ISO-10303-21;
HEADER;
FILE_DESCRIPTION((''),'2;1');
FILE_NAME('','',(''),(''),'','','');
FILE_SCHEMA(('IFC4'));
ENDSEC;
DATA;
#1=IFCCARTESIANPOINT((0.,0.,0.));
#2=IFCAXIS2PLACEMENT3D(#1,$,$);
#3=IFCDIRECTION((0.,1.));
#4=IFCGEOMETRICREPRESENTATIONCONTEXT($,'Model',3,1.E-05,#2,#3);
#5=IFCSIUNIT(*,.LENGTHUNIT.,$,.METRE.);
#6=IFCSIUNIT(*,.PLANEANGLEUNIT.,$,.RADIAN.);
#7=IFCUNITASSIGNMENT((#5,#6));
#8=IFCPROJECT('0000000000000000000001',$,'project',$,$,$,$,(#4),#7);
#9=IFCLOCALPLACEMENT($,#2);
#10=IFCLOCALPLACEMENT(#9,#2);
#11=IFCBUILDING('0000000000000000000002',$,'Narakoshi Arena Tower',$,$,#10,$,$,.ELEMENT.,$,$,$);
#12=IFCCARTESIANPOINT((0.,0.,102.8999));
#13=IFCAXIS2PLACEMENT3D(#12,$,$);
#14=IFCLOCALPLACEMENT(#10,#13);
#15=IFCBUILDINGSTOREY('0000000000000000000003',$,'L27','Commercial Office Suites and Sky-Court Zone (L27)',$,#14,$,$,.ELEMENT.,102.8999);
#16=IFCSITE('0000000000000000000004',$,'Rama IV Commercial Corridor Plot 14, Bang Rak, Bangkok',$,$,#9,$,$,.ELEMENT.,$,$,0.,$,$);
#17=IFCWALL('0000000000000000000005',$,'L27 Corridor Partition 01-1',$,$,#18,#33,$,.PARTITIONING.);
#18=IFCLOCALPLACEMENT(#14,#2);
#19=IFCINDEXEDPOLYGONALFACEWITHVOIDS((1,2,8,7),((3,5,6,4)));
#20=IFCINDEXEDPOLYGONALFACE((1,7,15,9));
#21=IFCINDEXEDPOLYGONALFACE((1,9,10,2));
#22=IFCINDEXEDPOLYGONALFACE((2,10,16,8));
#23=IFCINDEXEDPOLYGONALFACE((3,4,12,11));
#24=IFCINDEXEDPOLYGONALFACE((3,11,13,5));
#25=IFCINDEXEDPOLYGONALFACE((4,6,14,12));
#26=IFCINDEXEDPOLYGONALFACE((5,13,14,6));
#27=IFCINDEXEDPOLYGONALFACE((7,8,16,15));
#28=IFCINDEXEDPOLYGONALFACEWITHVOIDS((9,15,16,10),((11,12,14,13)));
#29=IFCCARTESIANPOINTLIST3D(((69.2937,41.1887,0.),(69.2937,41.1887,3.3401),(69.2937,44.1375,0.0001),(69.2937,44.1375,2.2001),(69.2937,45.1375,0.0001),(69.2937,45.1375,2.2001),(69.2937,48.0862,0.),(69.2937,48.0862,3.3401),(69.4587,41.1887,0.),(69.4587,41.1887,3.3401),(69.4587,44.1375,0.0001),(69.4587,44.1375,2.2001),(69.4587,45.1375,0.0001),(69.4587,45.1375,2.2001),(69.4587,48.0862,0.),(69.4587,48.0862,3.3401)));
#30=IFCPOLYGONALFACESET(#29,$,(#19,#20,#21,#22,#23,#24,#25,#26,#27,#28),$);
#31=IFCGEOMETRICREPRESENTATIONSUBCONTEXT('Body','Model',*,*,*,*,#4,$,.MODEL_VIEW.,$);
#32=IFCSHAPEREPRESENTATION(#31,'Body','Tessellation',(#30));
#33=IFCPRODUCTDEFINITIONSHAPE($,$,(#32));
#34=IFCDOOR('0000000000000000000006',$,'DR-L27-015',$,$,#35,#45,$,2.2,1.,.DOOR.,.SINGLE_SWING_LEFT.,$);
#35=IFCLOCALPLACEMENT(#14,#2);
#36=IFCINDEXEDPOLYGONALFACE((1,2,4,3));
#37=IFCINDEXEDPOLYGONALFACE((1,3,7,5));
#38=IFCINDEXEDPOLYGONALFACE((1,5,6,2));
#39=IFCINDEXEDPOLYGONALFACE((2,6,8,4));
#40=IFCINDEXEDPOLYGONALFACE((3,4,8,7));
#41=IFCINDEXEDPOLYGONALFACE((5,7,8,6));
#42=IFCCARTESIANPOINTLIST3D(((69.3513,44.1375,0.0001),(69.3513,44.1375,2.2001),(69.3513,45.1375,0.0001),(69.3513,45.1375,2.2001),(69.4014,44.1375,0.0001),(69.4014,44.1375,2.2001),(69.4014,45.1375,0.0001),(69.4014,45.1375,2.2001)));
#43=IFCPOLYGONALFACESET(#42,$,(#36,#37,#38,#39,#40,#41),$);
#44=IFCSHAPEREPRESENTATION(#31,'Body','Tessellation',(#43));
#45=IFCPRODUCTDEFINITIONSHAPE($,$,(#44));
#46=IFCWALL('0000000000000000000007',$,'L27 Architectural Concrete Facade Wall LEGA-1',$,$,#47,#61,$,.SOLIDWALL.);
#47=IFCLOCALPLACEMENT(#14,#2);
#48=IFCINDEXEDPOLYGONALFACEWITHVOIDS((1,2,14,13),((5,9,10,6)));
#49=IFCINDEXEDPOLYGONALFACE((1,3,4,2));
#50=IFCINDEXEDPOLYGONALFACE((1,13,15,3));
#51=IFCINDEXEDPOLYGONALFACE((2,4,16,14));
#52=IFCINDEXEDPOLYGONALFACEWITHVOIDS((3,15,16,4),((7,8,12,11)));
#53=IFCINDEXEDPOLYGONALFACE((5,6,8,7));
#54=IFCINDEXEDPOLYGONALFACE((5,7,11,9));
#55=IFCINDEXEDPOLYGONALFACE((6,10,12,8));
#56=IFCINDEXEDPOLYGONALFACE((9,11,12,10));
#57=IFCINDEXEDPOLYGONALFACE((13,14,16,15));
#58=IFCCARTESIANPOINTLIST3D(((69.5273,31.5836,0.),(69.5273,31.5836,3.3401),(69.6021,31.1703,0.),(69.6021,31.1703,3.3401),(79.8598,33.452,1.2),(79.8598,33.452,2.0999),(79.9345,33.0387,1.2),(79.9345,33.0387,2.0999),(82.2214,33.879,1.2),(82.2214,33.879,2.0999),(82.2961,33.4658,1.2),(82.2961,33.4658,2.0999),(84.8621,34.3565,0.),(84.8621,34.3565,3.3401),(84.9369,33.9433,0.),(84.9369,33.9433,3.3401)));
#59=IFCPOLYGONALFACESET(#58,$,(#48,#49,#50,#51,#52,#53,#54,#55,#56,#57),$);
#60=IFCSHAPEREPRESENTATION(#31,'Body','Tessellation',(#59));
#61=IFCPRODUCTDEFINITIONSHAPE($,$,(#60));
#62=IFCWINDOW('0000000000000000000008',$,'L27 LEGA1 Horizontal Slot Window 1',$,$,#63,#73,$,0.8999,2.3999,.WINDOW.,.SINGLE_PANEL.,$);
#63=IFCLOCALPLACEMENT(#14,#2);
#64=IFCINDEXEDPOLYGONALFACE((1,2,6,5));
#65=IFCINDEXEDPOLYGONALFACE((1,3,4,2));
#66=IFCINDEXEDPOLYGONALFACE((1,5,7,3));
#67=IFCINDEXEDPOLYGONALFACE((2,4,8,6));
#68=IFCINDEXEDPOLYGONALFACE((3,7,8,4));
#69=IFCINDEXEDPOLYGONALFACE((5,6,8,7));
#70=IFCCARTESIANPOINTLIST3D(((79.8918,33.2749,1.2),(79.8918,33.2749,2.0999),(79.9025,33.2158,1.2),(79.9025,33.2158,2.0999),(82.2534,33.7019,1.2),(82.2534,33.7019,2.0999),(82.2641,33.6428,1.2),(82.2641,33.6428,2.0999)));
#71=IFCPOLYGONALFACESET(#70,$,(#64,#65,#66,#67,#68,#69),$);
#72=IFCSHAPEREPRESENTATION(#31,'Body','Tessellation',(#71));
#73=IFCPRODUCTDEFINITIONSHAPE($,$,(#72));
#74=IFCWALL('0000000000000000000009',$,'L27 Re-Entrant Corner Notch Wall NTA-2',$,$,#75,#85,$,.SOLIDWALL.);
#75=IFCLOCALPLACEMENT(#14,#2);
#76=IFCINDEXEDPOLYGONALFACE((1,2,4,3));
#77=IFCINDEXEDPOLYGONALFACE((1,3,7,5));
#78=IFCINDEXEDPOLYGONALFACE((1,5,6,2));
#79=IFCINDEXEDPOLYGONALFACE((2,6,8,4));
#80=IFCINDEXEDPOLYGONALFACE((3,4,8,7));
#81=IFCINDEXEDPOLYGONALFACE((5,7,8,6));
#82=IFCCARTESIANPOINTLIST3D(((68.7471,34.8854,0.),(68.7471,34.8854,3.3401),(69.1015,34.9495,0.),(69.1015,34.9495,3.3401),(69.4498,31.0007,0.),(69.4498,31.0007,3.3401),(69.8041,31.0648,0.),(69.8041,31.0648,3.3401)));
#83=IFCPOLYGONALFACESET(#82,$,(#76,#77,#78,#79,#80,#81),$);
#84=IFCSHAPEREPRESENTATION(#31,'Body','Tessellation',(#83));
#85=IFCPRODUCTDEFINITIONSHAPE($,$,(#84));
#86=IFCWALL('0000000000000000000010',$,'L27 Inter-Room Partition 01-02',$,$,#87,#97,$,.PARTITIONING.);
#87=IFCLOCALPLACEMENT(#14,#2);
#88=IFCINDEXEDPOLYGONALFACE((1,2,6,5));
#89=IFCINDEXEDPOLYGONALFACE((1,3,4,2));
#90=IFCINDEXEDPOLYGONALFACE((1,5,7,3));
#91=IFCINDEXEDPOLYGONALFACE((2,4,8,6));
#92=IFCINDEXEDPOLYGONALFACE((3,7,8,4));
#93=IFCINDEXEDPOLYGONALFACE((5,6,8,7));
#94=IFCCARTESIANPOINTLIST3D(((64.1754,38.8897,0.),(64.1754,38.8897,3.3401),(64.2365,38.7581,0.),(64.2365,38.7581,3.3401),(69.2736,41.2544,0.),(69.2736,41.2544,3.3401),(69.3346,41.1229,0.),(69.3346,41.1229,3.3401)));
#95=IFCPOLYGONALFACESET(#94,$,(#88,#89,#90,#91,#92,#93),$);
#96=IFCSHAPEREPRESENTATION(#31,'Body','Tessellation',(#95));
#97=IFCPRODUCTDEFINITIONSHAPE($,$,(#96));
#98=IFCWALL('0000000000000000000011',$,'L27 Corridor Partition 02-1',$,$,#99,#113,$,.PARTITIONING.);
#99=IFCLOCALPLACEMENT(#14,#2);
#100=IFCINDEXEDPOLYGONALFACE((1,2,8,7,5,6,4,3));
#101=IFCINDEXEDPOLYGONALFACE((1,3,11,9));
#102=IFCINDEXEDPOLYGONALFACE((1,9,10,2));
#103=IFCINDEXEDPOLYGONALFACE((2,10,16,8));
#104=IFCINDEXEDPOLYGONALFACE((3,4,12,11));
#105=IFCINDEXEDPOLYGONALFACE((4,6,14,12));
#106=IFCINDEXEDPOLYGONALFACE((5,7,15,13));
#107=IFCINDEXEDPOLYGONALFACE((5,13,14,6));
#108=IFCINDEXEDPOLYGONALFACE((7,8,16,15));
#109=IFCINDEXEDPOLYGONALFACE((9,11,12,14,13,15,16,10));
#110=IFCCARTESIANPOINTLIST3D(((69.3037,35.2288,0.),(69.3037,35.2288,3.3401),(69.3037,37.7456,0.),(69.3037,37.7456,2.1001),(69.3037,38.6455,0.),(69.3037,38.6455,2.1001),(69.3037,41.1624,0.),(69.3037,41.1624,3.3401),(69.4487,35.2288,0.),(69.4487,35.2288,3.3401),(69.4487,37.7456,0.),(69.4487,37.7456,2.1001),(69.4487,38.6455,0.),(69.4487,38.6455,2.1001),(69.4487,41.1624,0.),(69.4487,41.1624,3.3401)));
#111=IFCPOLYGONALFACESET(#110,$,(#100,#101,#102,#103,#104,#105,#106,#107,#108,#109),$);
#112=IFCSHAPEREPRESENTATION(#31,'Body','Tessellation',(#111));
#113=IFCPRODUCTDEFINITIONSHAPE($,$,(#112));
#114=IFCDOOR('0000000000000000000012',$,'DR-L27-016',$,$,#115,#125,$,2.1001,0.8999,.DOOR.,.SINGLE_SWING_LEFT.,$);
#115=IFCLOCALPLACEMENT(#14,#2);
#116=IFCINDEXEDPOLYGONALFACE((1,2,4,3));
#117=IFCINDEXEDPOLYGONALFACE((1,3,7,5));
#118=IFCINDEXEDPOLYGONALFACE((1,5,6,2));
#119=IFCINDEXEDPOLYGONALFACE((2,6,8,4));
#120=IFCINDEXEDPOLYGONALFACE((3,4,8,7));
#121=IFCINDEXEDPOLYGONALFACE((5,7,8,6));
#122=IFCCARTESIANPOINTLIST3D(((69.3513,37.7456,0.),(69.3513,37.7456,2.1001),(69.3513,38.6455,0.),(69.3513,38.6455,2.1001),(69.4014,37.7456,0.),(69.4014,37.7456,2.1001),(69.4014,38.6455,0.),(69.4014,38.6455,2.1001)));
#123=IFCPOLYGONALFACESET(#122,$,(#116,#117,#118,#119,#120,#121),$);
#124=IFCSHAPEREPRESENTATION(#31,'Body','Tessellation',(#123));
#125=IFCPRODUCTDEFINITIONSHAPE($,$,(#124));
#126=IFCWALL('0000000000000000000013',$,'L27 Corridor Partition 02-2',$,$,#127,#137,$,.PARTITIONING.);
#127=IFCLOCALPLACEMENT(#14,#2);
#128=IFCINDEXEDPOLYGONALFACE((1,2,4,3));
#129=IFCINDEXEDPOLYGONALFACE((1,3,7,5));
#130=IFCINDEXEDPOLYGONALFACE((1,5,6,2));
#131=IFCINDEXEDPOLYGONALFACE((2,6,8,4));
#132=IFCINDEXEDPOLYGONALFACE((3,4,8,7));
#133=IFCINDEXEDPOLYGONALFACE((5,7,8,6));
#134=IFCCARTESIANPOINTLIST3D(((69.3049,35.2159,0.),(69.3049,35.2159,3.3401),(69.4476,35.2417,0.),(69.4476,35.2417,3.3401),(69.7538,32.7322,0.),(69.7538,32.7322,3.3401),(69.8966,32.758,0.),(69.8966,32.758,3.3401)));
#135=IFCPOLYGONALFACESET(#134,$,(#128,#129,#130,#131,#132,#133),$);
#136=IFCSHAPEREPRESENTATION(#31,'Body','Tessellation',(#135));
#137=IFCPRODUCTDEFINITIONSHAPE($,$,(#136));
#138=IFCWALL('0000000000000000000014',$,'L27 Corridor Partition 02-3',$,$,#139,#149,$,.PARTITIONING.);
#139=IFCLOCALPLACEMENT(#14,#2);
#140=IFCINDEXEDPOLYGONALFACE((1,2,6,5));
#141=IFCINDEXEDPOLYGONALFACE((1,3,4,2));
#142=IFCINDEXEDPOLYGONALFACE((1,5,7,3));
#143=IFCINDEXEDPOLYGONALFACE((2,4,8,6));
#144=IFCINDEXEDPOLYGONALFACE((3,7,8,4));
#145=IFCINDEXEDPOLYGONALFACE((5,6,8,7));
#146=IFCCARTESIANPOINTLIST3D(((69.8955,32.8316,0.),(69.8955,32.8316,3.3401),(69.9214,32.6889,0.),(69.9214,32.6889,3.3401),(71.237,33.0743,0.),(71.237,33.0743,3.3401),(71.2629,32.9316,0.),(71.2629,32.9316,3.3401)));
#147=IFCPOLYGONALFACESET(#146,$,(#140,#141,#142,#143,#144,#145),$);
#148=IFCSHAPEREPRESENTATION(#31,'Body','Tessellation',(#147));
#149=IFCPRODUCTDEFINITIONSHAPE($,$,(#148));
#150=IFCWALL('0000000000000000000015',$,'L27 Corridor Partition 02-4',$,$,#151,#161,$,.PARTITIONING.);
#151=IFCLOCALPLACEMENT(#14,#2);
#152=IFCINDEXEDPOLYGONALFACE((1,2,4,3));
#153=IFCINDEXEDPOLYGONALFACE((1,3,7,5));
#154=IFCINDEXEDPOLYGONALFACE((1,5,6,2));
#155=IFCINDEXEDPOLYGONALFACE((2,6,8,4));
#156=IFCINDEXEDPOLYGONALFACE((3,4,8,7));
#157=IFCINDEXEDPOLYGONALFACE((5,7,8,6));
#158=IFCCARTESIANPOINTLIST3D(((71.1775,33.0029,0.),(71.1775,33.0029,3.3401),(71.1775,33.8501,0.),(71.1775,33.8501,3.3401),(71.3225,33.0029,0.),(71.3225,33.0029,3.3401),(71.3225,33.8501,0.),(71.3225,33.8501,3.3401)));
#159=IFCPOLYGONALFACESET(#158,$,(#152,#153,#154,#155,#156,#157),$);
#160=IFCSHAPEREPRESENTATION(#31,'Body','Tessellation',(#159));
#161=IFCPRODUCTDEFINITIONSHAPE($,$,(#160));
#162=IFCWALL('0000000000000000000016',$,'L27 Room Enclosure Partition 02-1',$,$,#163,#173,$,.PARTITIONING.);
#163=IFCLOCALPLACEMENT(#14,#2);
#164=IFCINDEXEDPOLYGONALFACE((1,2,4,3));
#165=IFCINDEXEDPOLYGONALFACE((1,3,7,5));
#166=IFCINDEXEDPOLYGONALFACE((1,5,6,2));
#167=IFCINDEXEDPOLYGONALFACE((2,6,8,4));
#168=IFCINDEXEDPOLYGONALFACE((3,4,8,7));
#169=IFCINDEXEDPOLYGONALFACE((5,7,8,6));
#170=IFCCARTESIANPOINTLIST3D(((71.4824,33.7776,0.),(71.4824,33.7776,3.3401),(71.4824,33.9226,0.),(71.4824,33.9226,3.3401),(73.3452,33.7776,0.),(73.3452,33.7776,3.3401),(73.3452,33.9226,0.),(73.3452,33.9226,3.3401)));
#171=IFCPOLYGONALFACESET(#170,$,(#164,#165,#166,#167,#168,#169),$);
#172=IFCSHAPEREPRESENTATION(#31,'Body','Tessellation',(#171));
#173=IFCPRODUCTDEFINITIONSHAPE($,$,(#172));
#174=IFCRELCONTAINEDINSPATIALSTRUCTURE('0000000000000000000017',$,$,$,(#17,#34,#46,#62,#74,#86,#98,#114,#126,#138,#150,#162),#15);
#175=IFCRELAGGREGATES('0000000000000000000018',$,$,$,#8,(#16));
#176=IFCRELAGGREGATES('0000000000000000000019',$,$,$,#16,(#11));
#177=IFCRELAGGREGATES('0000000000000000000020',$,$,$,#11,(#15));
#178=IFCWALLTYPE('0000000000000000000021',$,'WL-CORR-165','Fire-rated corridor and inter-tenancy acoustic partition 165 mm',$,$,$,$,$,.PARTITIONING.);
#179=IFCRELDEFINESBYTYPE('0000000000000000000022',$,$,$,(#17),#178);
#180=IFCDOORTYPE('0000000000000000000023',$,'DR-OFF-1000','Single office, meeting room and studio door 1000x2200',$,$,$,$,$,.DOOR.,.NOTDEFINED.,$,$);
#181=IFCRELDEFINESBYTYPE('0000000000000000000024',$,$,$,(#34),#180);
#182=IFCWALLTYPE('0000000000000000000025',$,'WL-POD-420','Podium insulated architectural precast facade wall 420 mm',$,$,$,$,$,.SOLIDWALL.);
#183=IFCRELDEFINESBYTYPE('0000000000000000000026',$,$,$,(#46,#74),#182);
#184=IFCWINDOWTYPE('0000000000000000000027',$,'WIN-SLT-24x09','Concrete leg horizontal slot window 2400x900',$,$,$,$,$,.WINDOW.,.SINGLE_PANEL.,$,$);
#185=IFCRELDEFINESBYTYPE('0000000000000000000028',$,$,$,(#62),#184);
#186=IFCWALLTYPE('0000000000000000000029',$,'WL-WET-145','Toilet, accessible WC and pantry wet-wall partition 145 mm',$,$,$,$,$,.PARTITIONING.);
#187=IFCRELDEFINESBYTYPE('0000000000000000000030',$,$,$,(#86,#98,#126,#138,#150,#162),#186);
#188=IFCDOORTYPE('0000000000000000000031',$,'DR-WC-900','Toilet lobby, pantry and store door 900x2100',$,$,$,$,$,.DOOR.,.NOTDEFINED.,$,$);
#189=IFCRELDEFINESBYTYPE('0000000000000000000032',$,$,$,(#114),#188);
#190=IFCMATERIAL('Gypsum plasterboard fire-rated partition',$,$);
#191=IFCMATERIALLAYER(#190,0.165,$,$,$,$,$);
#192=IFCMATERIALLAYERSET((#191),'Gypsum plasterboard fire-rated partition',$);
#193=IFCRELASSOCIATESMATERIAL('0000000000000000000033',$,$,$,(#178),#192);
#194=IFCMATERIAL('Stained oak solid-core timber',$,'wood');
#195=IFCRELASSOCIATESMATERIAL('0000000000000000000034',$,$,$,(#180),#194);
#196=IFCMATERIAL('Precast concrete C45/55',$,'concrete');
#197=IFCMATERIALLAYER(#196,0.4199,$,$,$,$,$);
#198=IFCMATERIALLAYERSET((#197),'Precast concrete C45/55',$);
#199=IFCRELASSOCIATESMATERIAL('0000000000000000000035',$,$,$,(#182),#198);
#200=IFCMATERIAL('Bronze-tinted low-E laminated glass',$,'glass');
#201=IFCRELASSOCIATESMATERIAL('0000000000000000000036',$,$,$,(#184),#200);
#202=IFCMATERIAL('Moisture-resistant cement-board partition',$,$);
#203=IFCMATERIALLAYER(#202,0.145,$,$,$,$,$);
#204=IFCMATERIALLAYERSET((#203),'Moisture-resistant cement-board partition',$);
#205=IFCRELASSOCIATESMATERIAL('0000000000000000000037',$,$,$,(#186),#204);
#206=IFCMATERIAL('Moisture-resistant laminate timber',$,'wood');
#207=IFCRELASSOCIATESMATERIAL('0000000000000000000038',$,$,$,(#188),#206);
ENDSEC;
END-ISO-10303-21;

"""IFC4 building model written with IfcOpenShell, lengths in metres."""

from ifc_helpers import new_model, si_unit, direction, frame, frame_2d, origin, place, context, subcontext, project, spatial, rectangle, extrude, material, layer, layer_set, type_object, element, fill, save


model = new_model("IFC4")

# Units and contexts
model_context = context("Model", 3, precision=1e-05, world=origin(), true_north=direction((0.0, 1.0)))
body_context = subcontext(model_context, "Body", "Model", "MODEL_VIEW")
ifc_project = project(units=[si_unit("LENGTHUNIT", "METRE"), si_unit("PLANEANGLEUNIT", "RADIAN")], contexts=[model_context])

# Site, building, storey
site_placement = place(None, origin())
site = spatial("IfcSite", under=ifc_project, at=site_placement, Name="Rama IV Commercial Corridor Plot 14, Bang Rak, Bangkok", CompositionType="ELEMENT", RefElevation=0.0)
building_placement = place(site_placement, origin())
building = spatial("IfcBuilding", under=site, at=building_placement, Name="Narakoshi Arena Tower", CompositionType="ELEMENT")
storey_placement = place(building_placement, frame((0.0, 0.0, 102.8999)))
storey = spatial("IfcBuildingStorey", under=building, at=storey_placement, Name="L27", Description="Commercial Office Suites and Sky-Court Zone (L27)", CompositionType="ELEMENT", Elevation=102.8999)

# Wall, opening, door
ifc_material_1 = material(Name="Gypsum plasterboard fire-rated partition")
ifc_layer_1 = layer(ifc_material_1, 0.165)
ifc_layer_set_1 = layer_set([ifc_layer_1], Name="Gypsum plasterboard fire-rated partition")
wall_type_1 = type_object("IfcWallType", Name="WL-CORR-165", Description="Fire-rated corridor and inter-tenancy acoustic partition 165 mm", PredefinedType="PARTITIONING", material=ifc_layer_set_1)
wall_1_placement = place(storey_placement, frame((69.3762, 48.0862, 0.0), z_axis=(0.0, 0.0, 1.0), x_axis=(0.0, -1.0, 0.0)))
wall_1 = element("IfcWall", 1, at=wall_1_placement, inside=storey, type_object=wall_type_1, Name="L27 Corridor Partition 01-1", PredefinedType="PARTITIONING", context=body_context, shape_type="SweptSolid", body=[
    extrude(rectangle(XDim=6.8975, YDim=0.165, at=frame_2d((3.4487, 0.0))), origin(), (0.0, 0.0, 1.0), 3.3401),
])
opening_1_placement = place(wall_1_placement, frame((2.9487, 0.0, 0.0)))
opening_1 = element("IfcOpeningElement", 2, at=opening_1_placement, cuts=wall_1, PredefinedType="OPENING", context=body_context, shape_type="SweptSolid", body=[
    extrude(rectangle(XDim=1.0, YDim=2.2, at=frame_2d((0.5, 1.1001))), frame((0.0, 0.0925, 0.0), z_axis=(0.0, -1.0, 0.0), x_axis=(1.0, 0.0, 0.0)), (0.0, 0.0, 1.0), 0.1851),
])
ifc_material_2 = material(Name="Stained oak solid-core timber", Category="wood")
door_type_1 = type_object("IfcDoorType", Name="DR-OFF-1000", Description="Single office, meeting room and studio door 1000x2200", OperationType="NOTDEFINED", PredefinedType="DOOR", material=ifc_material_2)
door_1_placement = place(opening_1_placement, frame((1.0, 0.0, 0.0), z_axis=(0.0, 0.0, 1.0), x_axis=(-1.0, 0.0, 0.0)))
door_1 = element("IfcDoor", 3, at=door_1_placement, inside=storey, type_object=door_type_1, Name="DR-L27-015", OperationType="SINGLE_SWING_LEFT", OverallHeight=2.2, OverallWidth=1.0, PredefinedType="DOOR", context=body_context, shape_type="SweptSolid", body=[
    extrude(rectangle(XDim=1.0, YDim=2.2, at=frame_2d((0.5, 1.1001))), frame((0.0, 0.0249, 0.0), z_axis=(0.0, -1.0, 0.0), x_axis=(1.0, 0.0, 0.0)), (0.0, 0.0, 1.0), 0.05),
])
fill(opening_1, door_1)

# Wall, opening, window
ifc_material_3 = material(Name="Precast concrete C45/55", Category="concrete")
ifc_layer_2 = layer(ifc_material_3, 0.4199)
ifc_layer_set_2 = layer_set([ifc_layer_2], Name="Precast concrete C45/55")
wall_type_2 = type_object("IfcWallType", Name="WL-POD-420", Description="Podium insulated architectural precast facade wall 420 mm", PredefinedType="SOLIDWALL", material=ifc_layer_set_2)
wall_2_placement = place(storey_placement, frame((69.5647, 31.377, 0.0), z_axis=(0.0, 0.0, 1.0), x_axis=(0.984041, 0.177942, 0.0)))
wall_2 = element("IfcWall", 4, at=wall_2_placement, inside=storey, type_object=wall_type_2, Name="L27 Architectural Concrete Facade Wall LEGA-1", PredefinedType="SOLIDWALL", context=body_context, shape_type="SweptSolid", body=[
    extrude(rectangle(XDim=15.5835, YDim=0.4199, at=frame_2d((7.7917, 0.0))), origin(), (0.0, 0.0, 1.0), 3.3401),
])
opening_2_placement = place(wall_2_placement, frame((10.5, 0.0, 1.2)))
opening_2 = element("IfcOpeningElement", 5, at=opening_2_placement, cuts=wall_2, PredefinedType="OPENING", context=body_context, shape_type="SweptSolid", body=[
    extrude(rectangle(XDim=2.3999, YDim=0.8999, at=frame_2d((1.2, 0.45))), frame((0.0, 0.22, 0.0), z_axis=(0.0, -1.0, 0.0), x_axis=(1.0, 0.0, 0.0)), (0.0, 0.0, 1.0), 0.4399),
])
ifc_material_4 = material(Name="Bronze-tinted low-E laminated glass", Category="glass")
window_type = type_object("IfcWindowType", Name="WIN-SLT-24x09", Description="Concrete leg horizontal slot window 2400x900", PartitioningType="SINGLE_PANEL", PredefinedType="WINDOW", material=ifc_material_4)
window_placement = place(opening_2_placement, origin())
window = element("IfcWindow", 6, at=window_placement, inside=storey, type_object=window_type, Name="L27 LEGA1 Horizontal Slot Window 1", OverallHeight=0.8999, OverallWidth=2.3999, PartitioningType="SINGLE_PANEL", PredefinedType="WINDOW", context=body_context, shape_type="SweptSolid", body=[
    extrude(rectangle(XDim=2.3999, YDim=0.8999, at=frame_2d((1.2, 0.45))), frame((0.0, 0.03, 0.0), z_axis=(0.0, -1.0, 0.0), x_axis=(1.0, 0.0, 0.0)), (0.0, 0.0, 1.0), 0.0601),
])
fill(opening_2, window)

# Walls
wall_3_placement = place(storey_placement, frame((68.9243, 34.9175, 0.0), z_axis=(0.0, 0.0, 1.0), x_axis=(0.177982, -0.984034, 0.0)))
element("IfcWall", 7, at=wall_3_placement, inside=storey, type_object=wall_type_2, Name="L27 Re-Entrant Corner Notch Wall NTA-2", PredefinedType="SOLIDWALL", context=body_context, shape_type="SweptSolid", body=[
    extrude(rectangle(XDim=3.9478, YDim=0.3601, at=frame_2d((1.9739, 0.0))), origin(), (0.0, 0.0, 1.0), 3.3401),
])
ifc_material_5 = material(Name="Moisture-resistant cement-board partition")
ifc_layer_3 = layer(ifc_material_5, 0.145)
ifc_layer_set_3 = layer_set([ifc_layer_3], Name="Moisture-resistant cement-board partition")
wall_type_3 = type_object("IfcWallType", Name="WL-WET-145", Description="Toilet, accessible WC and pantry wet-wall partition 145 mm", PredefinedType="PARTITIONING", material=ifc_layer_set_3)
wall_4_placement = place(storey_placement, frame((69.3042, 41.1887, 0.0), z_axis=(0.0, 0.0, 1.0), x_axis=(-0.907162, -0.420782, 0.0)))
element("IfcWall", 8, at=wall_4_placement, inside=storey, type_object=wall_type_3, Name="L27 Inter-Room Partition 01-02", PredefinedType="PARTITIONING", context=body_context, shape_type="SweptSolid", body=[
    extrude(rectangle(XDim=5.6199, YDim=0.145, at=frame_2d((2.8101, 0.0))), origin(), (0.0, 0.0, 1.0), 3.3401),
])

# Wall, opening, door
wall_5_placement = place(storey_placement, frame((69.3762, 41.1624, 0.0), z_axis=(0.0, 0.0, 1.0), x_axis=(0.0, -1.0, 0.0)))
wall_5 = element("IfcWall", 9, at=wall_5_placement, inside=storey, type_object=wall_type_3, Name="L27 Corridor Partition 02-1", PredefinedType="PARTITIONING", context=body_context, shape_type="SweptSolid", body=[
    extrude(rectangle(XDim=5.9336, YDim=0.145, at=frame_2d((2.9668, 0.0))), origin(), (0.0, 0.0, 1.0), 3.3401),
])
opening_3_placement = place(wall_5_placement, frame((2.5168, 0.0, 0.0)))
opening_3 = element("IfcOpeningElement", 10, at=opening_3_placement, cuts=wall_5, PredefinedType="OPENING", context=body_context, shape_type="SweptSolid", body=[
    extrude(rectangle(XDim=0.8999, YDim=2.1001, at=frame_2d((0.45, 1.05))), frame((0.0, 0.0825, 0.0), z_axis=(0.0, -1.0, 0.0), x_axis=(1.0, 0.0, 0.0)), (0.0, 0.0, 1.0), 0.165),
])
ifc_material_6 = material(Name="Moisture-resistant laminate timber", Category="wood")
door_type_2 = type_object("IfcDoorType", Name="DR-WC-900", Description="Toilet lobby, pantry and store door 900x2100", OperationType="NOTDEFINED", PredefinedType="DOOR", material=ifc_material_6)
door_2_placement = place(opening_3_placement, frame((0.8999, 0.0, 0.0), z_axis=(0.0, 0.0, 1.0), x_axis=(-1.0, 0.0, 0.0)))
door_2 = element("IfcDoor", 11, at=door_2_placement, inside=storey, type_object=door_type_2, Name="DR-L27-016", OperationType="SINGLE_SWING_LEFT", OverallHeight=2.1001, OverallWidth=0.8999, PredefinedType="DOOR", context=body_context, shape_type="SweptSolid", body=[
    extrude(rectangle(XDim=0.8999, YDim=2.1001, at=frame_2d((0.45, 1.05))), frame((0.0, 0.0249, 0.0), z_axis=(0.0, -1.0, 0.0), x_axis=(1.0, 0.0, 0.0)), (0.0, 0.0, 1.0), 0.05),
])
fill(opening_3, door_2)

# Walls
wall_6_placement = place(storey_placement, frame((69.3762, 35.2288, 0.0), z_axis=(0.0, 0.0, 1.0), x_axis=(0.177889, -0.98405, 0.0)))
element("IfcWall", 12, at=wall_6_placement, inside=storey, type_object=wall_type_3, Name="L27 Corridor Partition 02-2", PredefinedType="PARTITIONING", context=body_context, shape_type="SweptSolid", body=[
    extrude(rectangle(XDim=2.5239, YDim=0.145, at=frame_2d((1.262, 0.0))), origin(), (0.0, 0.0, 1.0), 3.3401),
])
wall_7_placement = place(storey_placement, frame((69.9084, 32.7603, 0.0), z_axis=(0.0, 0.0, 1.0), x_axis=(0.98403, 0.178003, 0.0)))
element("IfcWall", 13, at=wall_7_placement, inside=storey, type_object=wall_type_3, Name="L27 Corridor Partition 02-3", PredefinedType="PARTITIONING", context=body_context, shape_type="SweptSolid", body=[
    extrude(rectangle(XDim=1.3633, YDim=0.145, at=frame_2d((0.6816, 0.0))), origin(), (0.0, 0.0, 1.0), 3.3401),
])
wall_8_placement = place(storey_placement, frame((71.25, 33.0029, 0.0), z_axis=(0.0, 0.0, 1.0), x_axis=(0.0, 1.0, 0.0)))
element("IfcWall", 14, at=wall_8_placement, inside=storey, type_object=wall_type_3, Name="L27 Corridor Partition 02-4", PredefinedType="PARTITIONING", context=body_context, shape_type="SweptSolid", body=[
    extrude(rectangle(XDim=0.8472, YDim=0.145, at=frame_2d((0.4236, 0.0))), origin(), (0.0, 0.0, 1.0), 3.3401),
])
wall_9_placement = place(storey_placement, frame((71.4824, 33.8501, 0.0), z_axis=(0.0, 0.0, 1.0), x_axis=(1.0, 0.0, 0.0)))
element("IfcWall", 15, at=wall_9_placement, inside=storey, type_object=wall_type_3, Name="L27 Room Enclosure Partition 02-1", PredefinedType="PARTITIONING", context=body_context, shape_type="SweptSolid", body=[
    extrude(rectangle(XDim=1.8628, YDim=0.145, at=frame_2d((0.9314, 0.0))), origin(), (0.0, 0.0, 1.0), 3.3401),
])

save(model, "model.ifc")
